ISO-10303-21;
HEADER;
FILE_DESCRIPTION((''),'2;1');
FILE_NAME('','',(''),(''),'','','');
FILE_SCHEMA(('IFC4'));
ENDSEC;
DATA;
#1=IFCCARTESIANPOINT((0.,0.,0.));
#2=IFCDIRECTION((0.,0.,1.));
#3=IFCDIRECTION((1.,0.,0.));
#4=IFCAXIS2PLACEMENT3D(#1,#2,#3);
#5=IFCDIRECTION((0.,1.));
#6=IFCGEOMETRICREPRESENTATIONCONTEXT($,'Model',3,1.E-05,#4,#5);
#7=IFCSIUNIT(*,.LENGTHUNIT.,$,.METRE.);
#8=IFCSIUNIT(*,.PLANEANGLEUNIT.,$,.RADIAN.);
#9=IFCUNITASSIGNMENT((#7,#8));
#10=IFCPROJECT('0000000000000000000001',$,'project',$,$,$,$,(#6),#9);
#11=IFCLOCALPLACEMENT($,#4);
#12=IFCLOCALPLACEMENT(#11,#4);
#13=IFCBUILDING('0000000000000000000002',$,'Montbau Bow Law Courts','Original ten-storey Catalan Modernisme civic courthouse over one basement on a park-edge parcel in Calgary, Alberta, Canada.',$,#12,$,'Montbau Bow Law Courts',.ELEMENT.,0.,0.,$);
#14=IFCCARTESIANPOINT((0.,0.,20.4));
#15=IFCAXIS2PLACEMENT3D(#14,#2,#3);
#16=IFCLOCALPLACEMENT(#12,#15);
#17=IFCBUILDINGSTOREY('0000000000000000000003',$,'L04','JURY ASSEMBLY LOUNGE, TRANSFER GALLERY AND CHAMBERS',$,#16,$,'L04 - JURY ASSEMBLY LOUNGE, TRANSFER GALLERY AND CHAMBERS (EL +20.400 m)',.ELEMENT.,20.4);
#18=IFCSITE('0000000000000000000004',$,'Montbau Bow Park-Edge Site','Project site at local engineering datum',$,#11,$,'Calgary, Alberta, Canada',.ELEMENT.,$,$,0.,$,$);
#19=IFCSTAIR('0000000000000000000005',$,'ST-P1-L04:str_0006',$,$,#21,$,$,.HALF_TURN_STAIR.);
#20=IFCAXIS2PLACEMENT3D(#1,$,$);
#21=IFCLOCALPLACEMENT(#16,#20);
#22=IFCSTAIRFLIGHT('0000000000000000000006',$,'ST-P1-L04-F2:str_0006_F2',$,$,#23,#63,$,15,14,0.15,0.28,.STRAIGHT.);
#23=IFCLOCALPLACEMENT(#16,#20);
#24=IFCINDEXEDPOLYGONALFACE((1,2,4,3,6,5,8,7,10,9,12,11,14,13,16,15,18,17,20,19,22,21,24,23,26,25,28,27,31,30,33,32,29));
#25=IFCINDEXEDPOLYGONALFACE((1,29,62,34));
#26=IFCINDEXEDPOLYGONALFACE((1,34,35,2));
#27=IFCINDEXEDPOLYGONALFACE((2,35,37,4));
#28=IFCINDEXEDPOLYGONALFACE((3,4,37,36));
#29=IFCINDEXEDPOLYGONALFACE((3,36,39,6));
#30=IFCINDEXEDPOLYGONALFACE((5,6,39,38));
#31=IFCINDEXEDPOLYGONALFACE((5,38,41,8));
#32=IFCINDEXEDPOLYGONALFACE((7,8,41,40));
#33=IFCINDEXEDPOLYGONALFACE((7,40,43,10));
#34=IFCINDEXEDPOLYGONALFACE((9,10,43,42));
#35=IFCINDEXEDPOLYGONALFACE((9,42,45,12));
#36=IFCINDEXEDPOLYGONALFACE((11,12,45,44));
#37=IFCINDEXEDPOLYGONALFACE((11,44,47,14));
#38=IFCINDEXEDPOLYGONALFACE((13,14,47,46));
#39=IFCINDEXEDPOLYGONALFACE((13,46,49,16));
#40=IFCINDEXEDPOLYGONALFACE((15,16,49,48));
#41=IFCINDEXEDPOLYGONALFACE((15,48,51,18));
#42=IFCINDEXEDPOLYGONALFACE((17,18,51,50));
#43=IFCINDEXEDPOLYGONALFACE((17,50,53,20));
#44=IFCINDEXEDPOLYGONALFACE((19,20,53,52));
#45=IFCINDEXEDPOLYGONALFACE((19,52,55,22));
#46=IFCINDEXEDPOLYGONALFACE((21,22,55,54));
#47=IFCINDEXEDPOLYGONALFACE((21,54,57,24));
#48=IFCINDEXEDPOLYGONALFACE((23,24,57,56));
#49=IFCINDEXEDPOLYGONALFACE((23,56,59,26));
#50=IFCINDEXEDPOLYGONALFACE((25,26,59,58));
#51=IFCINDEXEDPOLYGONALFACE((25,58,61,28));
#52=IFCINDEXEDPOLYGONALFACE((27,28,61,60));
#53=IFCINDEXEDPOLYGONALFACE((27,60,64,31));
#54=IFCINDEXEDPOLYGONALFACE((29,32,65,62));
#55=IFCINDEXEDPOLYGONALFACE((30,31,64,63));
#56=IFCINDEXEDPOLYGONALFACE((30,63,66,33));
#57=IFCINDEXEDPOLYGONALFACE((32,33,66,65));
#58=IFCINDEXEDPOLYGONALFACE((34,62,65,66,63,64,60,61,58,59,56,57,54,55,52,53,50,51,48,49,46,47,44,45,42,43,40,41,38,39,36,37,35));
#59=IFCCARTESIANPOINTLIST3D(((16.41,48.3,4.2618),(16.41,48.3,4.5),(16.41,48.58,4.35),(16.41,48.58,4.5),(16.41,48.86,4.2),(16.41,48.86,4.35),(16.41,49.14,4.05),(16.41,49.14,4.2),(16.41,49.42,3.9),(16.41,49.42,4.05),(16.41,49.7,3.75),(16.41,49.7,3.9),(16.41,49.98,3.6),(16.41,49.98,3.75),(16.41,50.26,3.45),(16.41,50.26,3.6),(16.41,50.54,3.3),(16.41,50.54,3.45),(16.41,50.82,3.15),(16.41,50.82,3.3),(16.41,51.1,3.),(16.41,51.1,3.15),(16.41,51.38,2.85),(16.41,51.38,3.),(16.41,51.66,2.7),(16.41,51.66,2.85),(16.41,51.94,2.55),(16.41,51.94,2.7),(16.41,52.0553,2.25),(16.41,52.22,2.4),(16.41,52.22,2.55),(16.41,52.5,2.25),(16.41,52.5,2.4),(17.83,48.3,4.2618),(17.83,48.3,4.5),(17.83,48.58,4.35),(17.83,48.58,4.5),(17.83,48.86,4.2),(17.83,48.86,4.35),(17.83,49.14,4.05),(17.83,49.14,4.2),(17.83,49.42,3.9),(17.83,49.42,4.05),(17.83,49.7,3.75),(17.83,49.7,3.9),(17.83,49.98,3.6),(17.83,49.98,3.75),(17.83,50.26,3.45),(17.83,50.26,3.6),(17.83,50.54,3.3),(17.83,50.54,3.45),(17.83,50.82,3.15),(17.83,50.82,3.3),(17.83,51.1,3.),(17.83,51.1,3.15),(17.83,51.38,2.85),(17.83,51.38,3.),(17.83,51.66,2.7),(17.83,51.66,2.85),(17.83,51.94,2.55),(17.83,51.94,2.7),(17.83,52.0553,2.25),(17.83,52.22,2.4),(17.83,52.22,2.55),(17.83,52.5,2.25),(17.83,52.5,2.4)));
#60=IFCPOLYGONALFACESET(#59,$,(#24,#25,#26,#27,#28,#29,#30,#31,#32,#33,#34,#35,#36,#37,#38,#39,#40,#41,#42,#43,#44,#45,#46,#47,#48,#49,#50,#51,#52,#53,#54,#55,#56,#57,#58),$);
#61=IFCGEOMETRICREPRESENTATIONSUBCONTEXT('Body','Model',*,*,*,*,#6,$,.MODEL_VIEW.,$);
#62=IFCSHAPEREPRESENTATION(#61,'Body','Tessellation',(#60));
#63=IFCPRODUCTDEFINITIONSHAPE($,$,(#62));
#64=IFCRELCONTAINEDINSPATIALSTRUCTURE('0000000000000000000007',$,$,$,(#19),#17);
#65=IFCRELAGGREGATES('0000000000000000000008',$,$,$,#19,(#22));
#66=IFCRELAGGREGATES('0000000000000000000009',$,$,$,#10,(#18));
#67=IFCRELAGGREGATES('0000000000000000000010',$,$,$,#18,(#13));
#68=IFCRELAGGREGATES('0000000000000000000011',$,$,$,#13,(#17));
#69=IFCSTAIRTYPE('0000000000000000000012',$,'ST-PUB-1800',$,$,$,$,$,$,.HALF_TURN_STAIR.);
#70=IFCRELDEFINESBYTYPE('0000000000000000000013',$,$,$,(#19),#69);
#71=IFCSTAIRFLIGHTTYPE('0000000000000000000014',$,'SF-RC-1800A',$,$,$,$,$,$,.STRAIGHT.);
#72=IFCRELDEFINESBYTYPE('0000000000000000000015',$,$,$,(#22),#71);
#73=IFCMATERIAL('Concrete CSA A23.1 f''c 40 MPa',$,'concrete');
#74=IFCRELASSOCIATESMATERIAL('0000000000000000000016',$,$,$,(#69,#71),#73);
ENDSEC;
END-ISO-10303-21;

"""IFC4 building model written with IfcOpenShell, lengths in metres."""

from ifc_helpers import new_model, si_unit, direction, frame, origin_with_axes, place, context, subcontext, project, spatial, polyline, outline, extrude, material, type_object, element, aggregate, save


model = new_model("IFC4")

# Units and contexts
model_context = context("Model", 3, precision=1e-05, world=origin_with_axes(), true_north=direction((0.0, 1.0)))
body_context = subcontext(model_context, "Body", "Model", "MODEL_VIEW")
ifc_project = project(units=[si_unit("LENGTHUNIT", "METRE"), si_unit("PLANEANGLEUNIT", "RADIAN")], contexts=[model_context])

# Site, building, storey
site_placement = place(None, origin_with_axes())
site = spatial("IfcSite", under=ifc_project, at=site_placement, Name="Montbau Bow Park-Edge Site", Description="Project site at local engineering datum", LongName="Calgary, Alberta, Canada", CompositionType="ELEMENT", RefElevation=0.0)
building_placement = place(site_placement, origin_with_axes())
building = spatial("IfcBuilding", under=site, at=building_placement, Name="Montbau Bow Law Courts", Description="Original ten-storey Catalan Modernisme civic courthouse over one basement on a park-edge parcel in Calgary, Alberta, Canada.", LongName="Montbau Bow Law Courts", CompositionType="ELEMENT", ElevationOfRefHeight=0.0, ElevationOfTerrain=0.0)
storey_placement = place(building_placement, frame((0.0, 0.0, 20.4), z_axis=(0.0, 0.0, 1.0), x_axis=(1.0, 0.0, 0.0)))
storey = spatial("IfcBuildingStorey", under=building, at=storey_placement, Name="L04", Description="JURY ASSEMBLY LOUNGE, TRANSFER GALLERY AND CHAMBERS", LongName="L04 - JURY ASSEMBLY LOUNGE, TRANSFER GALLERY AND CHAMBERS (EL +20.400 m)", CompositionType="ELEMENT", Elevation=20.4)

# Stair, stair flight
ifc_material_1 = material(Name="Concrete CSA A23.1 f'c 40 MPa", Category="concrete")
stair_type = type_object("IfcStairType", Name="ST-PUB-1800", PredefinedType="HALF_TURN_STAIR", material=ifc_material_1)
stair_placement = place(None, frame((15.29, 48.3, 20.4), z_axis=(0.0, 0.0, 1.0), x_axis=(1.0, 0.0, 0.0)))
stair = element("IfcStair", 1, at=stair_placement, inside=storey, type_object=stair_type, Name="ST-P1-L04:str_0006", PredefinedType="HALF_TURN_STAIR")
stair_flight_type = type_object("IfcStairFlightType", Name="SF-RC-1800A", PredefinedType="STRAIGHT", material=ifc_material_1)
stair_flight_1_placement = place(None, frame((17.12, 52.5, 22.65), z_axis=(0.0, 0.0, 1.0), x_axis=(0.0, -1.0, 0.0)))
stair_flight_1 = element("IfcStairFlight", 2, at=stair_flight_1_placement, type_object=stair_flight_type, Name="ST-P1-L04-F2:str_0006_F2", NumberOfRisers=15, NumberOfTreads=14, PredefinedType="STRAIGHT", RiserHeight=0.15, TreadLength=0.28, context=body_context, shape_type="SweptSolid", body=[
    extrude(outline(polyline([(0.0, 0.0), (0.0, 0.15), (0.28, 0.15), (0.28, 0.3), (0.56, 0.3), (0.56, 0.45), (0.84, 0.45), (0.84, 0.6), (1.12, 0.6), (1.12, 0.75), (1.4, 0.75), (1.4, 0.9), (1.68, 0.9), (1.68, 1.05), (1.96, 1.05), (1.96, 1.2), (2.24, 1.2), (2.24, 1.35), (2.52, 1.35), (2.52, 1.5), (2.8, 1.5), (2.8, 1.65), (3.08, 1.65), (3.08, 1.8), (3.36, 1.8), (3.36, 1.95), (3.64, 1.95), (3.64, 2.1), (3.92, 2.1), (3.92, 2.25), (4.2, 2.25), (4.2, 2.0118), (0.4447, 0.0), (0.0, 0.0)])), frame((0.0, 0.71, 0.0), z_axis=(0.0, -1.0, 0.0), x_axis=(1.0, 0.0, 0.0)), (0.0, 0.0, 1.0), 1.42),
])
aggregate(stair, [stair_flight_1])

save(model, "model.ifc")
